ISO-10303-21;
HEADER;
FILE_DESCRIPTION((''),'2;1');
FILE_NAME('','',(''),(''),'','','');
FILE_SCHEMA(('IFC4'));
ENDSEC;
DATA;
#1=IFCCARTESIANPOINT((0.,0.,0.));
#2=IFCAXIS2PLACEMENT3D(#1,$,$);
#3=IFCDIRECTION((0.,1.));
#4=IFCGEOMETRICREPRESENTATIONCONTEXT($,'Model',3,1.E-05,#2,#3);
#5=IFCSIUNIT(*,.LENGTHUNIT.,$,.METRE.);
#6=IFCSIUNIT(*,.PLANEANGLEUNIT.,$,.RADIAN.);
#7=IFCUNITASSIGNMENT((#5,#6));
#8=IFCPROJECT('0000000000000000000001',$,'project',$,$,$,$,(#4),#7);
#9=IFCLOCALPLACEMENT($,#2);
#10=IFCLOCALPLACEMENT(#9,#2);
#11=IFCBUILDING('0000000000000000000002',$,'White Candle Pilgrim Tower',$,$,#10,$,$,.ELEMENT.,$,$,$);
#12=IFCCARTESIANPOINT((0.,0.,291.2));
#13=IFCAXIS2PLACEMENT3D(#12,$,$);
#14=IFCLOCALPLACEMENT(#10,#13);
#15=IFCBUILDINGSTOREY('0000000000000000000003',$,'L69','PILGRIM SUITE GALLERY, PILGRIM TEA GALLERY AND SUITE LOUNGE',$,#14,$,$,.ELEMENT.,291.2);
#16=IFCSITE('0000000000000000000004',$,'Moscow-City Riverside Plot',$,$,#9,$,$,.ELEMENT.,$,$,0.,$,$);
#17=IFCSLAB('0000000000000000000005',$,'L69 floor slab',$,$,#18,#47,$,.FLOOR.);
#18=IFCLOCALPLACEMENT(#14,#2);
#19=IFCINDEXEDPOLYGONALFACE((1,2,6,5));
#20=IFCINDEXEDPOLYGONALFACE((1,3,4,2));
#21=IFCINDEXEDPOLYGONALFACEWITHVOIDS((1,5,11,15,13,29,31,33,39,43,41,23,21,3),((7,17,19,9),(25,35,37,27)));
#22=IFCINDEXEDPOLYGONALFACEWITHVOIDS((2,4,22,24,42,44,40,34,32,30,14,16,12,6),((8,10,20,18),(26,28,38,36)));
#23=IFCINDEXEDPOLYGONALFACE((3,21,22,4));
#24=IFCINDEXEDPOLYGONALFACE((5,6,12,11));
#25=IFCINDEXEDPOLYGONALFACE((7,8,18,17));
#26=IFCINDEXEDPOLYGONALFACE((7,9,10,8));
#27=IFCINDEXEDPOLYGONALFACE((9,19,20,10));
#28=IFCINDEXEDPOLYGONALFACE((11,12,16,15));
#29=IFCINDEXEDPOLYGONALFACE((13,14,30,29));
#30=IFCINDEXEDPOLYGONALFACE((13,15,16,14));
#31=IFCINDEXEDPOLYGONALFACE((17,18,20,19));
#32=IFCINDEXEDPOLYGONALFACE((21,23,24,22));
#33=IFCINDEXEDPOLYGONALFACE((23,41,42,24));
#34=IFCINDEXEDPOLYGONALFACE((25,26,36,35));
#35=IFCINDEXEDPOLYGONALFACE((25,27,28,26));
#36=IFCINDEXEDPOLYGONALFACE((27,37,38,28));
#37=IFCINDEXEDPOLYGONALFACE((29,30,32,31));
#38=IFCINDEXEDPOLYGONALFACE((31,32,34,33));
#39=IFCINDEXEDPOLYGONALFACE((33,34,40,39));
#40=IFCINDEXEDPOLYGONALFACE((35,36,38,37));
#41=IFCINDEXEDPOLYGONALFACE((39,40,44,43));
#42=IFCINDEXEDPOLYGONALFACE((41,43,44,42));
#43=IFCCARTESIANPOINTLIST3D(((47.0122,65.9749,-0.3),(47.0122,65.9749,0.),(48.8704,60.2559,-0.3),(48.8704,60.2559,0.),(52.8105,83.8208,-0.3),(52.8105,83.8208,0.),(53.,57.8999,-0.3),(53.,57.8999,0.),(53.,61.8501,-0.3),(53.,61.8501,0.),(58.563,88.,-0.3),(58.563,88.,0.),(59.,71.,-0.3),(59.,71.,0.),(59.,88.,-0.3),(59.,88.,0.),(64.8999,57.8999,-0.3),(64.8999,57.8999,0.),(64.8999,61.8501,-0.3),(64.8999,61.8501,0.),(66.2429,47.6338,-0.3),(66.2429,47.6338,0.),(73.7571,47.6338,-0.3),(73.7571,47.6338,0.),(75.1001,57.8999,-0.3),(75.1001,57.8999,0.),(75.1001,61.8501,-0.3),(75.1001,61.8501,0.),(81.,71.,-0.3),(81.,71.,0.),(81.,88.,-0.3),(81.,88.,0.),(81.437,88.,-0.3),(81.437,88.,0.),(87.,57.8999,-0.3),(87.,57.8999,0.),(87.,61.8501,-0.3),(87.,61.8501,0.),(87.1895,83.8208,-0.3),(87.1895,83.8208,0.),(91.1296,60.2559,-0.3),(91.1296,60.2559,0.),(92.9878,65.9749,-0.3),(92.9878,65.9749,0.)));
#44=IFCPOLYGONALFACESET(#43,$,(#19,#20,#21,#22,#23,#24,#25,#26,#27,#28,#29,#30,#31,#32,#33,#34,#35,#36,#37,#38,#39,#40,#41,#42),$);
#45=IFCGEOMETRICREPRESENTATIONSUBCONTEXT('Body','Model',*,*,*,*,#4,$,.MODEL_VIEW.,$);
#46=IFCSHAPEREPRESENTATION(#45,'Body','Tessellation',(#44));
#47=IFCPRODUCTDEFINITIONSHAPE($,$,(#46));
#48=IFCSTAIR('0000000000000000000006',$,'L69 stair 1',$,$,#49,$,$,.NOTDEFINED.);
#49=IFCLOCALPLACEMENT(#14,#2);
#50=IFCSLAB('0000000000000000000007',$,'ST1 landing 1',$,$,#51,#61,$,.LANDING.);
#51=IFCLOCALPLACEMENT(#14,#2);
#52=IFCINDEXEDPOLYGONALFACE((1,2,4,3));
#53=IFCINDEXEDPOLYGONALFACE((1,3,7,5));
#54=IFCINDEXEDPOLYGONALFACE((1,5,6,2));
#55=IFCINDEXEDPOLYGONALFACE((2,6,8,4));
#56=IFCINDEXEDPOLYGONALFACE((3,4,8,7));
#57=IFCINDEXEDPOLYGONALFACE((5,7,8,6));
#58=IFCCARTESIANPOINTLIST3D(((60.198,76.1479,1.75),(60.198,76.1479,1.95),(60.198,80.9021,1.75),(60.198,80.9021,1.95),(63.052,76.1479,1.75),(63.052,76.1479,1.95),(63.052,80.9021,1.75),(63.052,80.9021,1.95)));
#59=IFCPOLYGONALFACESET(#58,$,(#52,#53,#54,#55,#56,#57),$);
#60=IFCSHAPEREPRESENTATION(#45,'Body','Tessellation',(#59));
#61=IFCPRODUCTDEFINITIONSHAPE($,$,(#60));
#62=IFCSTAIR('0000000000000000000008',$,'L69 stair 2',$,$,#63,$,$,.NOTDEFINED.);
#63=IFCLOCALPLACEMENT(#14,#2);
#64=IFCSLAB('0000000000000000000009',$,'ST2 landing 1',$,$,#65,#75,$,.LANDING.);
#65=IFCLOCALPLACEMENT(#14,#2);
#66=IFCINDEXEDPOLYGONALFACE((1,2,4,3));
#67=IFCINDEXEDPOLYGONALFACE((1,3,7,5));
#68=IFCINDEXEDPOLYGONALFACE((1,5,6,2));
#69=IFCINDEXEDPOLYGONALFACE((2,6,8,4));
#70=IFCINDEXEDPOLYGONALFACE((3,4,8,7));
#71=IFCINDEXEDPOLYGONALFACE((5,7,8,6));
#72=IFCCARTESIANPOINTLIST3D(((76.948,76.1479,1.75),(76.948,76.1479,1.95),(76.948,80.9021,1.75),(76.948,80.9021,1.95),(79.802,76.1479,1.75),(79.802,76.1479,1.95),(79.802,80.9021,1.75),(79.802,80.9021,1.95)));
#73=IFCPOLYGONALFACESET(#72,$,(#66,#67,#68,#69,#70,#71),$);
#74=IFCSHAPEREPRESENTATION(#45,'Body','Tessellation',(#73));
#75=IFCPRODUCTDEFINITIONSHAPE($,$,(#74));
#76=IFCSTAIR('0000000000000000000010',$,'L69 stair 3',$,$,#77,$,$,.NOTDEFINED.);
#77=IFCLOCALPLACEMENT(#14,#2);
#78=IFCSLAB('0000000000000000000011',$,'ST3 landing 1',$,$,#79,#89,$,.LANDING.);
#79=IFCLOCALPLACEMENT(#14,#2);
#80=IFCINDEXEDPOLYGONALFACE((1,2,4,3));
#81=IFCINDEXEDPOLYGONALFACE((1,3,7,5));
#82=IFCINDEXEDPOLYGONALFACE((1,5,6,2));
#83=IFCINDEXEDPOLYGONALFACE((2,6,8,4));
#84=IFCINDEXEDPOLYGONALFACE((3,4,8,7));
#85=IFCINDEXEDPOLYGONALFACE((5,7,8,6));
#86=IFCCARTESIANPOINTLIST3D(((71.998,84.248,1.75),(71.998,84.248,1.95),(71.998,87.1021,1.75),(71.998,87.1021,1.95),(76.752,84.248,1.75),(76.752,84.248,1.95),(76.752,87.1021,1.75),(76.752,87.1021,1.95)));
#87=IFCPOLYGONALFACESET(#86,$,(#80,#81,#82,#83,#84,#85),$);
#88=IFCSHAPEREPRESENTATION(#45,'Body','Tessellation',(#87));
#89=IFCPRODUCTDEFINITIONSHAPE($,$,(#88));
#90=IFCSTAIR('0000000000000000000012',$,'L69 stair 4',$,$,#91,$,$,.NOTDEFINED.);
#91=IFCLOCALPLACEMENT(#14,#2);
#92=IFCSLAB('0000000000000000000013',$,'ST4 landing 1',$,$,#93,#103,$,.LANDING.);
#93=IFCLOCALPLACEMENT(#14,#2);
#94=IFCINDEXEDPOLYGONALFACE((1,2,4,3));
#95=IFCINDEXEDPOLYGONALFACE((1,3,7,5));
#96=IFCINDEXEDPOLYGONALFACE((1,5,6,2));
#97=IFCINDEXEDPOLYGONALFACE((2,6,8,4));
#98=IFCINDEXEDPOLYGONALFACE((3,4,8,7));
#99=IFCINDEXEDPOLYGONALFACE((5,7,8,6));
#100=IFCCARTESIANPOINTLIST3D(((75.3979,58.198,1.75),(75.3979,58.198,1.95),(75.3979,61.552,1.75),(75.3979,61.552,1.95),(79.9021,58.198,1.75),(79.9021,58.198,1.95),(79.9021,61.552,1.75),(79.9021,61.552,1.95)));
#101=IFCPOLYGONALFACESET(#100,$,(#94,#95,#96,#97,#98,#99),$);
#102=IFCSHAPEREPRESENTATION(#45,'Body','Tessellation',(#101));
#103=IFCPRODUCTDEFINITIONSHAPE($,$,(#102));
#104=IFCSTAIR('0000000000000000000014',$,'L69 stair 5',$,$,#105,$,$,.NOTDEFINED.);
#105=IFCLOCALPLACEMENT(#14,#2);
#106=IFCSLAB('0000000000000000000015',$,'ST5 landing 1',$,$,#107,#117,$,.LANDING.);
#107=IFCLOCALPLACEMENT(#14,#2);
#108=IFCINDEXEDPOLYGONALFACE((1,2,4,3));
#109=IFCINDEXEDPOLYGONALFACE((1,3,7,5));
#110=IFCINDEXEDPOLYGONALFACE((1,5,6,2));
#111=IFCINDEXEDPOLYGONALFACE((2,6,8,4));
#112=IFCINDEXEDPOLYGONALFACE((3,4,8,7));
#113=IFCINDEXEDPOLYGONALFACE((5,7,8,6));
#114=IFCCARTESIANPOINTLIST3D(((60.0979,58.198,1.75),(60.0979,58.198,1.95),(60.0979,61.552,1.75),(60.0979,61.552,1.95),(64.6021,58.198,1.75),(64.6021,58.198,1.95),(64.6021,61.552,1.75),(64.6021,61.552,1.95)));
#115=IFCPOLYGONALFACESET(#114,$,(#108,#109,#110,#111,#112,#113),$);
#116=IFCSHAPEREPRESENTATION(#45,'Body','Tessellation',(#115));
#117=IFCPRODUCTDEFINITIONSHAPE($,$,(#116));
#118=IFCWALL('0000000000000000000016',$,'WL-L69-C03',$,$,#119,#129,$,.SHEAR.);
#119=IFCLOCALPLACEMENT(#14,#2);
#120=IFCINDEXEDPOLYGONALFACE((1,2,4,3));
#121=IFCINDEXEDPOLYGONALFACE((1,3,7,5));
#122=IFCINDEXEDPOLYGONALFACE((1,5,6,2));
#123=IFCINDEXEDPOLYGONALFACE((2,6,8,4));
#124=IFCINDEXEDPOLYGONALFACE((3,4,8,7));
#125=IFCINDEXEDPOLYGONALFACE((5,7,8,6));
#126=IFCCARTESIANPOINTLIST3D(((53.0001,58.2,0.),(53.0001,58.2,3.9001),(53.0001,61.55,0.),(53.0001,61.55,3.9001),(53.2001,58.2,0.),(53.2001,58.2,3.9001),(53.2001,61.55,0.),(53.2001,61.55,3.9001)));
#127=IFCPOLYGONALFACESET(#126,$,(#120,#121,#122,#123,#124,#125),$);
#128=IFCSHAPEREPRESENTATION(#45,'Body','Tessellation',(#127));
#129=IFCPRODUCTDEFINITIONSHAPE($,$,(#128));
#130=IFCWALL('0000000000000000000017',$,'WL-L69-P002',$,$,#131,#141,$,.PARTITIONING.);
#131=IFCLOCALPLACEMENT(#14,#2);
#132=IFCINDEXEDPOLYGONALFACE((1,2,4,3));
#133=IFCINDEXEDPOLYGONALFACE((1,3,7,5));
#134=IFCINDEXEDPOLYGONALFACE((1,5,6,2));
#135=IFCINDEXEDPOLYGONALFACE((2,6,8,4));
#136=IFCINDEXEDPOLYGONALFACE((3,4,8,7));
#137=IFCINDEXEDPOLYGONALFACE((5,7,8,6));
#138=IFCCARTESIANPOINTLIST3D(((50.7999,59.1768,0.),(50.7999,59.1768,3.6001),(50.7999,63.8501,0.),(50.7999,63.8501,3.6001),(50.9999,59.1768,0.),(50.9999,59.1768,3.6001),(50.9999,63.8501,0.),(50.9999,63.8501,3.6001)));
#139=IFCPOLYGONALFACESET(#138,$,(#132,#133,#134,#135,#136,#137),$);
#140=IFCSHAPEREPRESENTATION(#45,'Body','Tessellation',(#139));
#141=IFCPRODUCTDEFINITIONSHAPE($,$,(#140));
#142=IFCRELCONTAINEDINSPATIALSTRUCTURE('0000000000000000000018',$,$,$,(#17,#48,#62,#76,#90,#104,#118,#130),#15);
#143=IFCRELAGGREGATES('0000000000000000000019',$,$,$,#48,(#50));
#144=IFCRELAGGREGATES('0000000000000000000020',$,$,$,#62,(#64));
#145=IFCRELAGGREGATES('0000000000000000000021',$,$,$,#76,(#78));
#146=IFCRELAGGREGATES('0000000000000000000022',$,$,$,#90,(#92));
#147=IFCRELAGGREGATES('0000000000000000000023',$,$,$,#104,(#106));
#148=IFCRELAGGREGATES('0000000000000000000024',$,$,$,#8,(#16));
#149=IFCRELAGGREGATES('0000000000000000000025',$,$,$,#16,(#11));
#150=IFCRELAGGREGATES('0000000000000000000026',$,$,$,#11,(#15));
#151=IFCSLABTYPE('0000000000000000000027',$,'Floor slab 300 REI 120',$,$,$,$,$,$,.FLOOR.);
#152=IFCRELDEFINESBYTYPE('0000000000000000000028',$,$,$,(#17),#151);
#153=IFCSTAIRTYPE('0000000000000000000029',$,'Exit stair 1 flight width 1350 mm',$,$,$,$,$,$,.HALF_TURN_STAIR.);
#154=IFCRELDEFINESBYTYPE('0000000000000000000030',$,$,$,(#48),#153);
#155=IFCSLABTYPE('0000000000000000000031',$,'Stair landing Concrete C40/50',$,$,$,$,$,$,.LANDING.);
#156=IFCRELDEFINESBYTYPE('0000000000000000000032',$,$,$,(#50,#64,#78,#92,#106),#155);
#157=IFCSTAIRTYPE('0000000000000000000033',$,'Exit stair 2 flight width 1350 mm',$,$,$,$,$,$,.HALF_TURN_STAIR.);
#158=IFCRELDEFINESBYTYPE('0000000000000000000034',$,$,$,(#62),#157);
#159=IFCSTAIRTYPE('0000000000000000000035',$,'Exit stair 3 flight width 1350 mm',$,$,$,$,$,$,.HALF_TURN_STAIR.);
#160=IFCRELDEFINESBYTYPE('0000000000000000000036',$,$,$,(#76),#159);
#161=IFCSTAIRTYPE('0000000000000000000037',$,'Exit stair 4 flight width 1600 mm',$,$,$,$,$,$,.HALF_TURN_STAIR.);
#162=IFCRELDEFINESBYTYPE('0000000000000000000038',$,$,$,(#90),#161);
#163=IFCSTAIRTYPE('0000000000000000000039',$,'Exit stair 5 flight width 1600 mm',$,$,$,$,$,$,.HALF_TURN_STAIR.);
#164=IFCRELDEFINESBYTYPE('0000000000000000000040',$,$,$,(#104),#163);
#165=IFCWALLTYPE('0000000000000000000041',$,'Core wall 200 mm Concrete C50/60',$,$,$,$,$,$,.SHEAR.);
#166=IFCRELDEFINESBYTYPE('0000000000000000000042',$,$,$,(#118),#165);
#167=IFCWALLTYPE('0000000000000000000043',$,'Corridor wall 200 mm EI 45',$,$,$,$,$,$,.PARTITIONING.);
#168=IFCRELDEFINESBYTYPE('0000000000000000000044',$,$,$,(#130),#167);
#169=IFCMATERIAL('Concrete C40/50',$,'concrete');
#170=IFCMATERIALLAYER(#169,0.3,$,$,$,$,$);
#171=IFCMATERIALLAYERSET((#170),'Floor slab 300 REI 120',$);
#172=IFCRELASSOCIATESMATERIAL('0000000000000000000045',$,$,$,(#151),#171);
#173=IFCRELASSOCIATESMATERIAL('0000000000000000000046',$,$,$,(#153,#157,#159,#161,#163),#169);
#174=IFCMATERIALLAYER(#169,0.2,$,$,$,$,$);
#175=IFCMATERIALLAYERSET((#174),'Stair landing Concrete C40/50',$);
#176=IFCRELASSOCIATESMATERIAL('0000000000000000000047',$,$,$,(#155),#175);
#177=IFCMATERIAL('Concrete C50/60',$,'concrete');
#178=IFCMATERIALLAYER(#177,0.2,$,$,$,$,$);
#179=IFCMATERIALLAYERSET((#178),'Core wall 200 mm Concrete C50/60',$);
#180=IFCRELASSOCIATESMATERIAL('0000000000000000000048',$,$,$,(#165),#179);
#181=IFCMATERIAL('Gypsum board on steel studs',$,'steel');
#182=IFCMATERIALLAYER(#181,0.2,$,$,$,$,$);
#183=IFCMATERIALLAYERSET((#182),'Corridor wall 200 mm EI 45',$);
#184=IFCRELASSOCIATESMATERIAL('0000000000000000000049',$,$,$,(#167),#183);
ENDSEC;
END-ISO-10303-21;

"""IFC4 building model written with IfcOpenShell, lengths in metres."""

from ifc_helpers import new_model, si_unit, direction, frame, frame_2d, origin, place, context, subcontext, project, spatial, polyline, rectangle, outline, extrude, material, layer, layer_set, type_object, element, aggregate, save


model = new_model("IFC4")

# Units and contexts
model_context = context("Model", 3, precision=1e-05, world=origin(), true_north=direction((0.0, 1.0)))
body_context = subcontext(model_context, "Body", "Model", "MODEL_VIEW")
ifc_project = project(units=[si_unit("LENGTHUNIT", "METRE"), si_unit("PLANEANGLEUNIT", "RADIAN")], contexts=[model_context])

# Site, building, storey
site_placement = place(None, origin())
site = spatial("IfcSite", under=ifc_project, at=site_placement, Name="Moscow-City Riverside Plot", CompositionType="ELEMENT", RefElevation=0.0)
building_placement = place(site_placement, origin())
building = spatial("IfcBuilding", under=site, at=building_placement, Name="White Candle Pilgrim Tower", CompositionType="ELEMENT")
storey_placement = place(building_placement, frame((0.0, 0.0, 291.2)))
storey = spatial("IfcBuildingStorey", under=building, at=storey_placement, Name="L69", Description="PILGRIM SUITE GALLERY, PILGRIM TEA GALLERY AND SUITE LOUNGE", CompositionType="ELEMENT", Elevation=291.2)

# Slab
ifc_material_1 = material(Name="Concrete C40/50", Category="concrete")
ifc_layer_1 = layer(ifc_material_1, 0.3)
ifc_layer_set_1 = layer_set([ifc_layer_1], Name="Floor slab 300 REI 120")
slab_type_1 = type_object("IfcSlabType", Name="Floor slab 300 REI 120", PredefinedType="FLOOR", material=ifc_layer_set_1)
slab_1_placement = place(storey_placement, frame((0.0, 0.0, -0.3)))
element("IfcSlab", 1, at=slab_1_placement, inside=storey, type_object=slab_type_1, Name="L69 floor slab", PredefinedType="FLOOR", context=body_context, shape_type="SweptSolid", body=[
    extrude(outline(polyline([(66.2429, 47.6338), (73.7571, 47.6338), (91.1296, 60.2559), (92.9878, 65.9749), (87.1895, 83.8208), (81.437, 88.0), (81.0, 88.0), (81.0, 71.0), (59.0, 71.0), (59.0, 88.0), (58.563, 88.0), (52.8105, 83.8208), (47.0122, 65.9749), (48.8704, 60.2559), (66.2429, 47.6338)]), holes=[polyline([(53.0, 57.8999), (53.0, 61.8501), (64.8999, 61.8501), (64.8999, 57.8999), (53.0, 57.8999)]), polyline([(75.1001, 57.8999), (75.1001, 61.8501), (87.0, 61.8501), (87.0, 57.8999), (75.1001, 57.8999)])]), origin(), (0.0, 0.0, 1.0), 0.3),
])

# Stairs, slabs
stair_type_1 = type_object("IfcStairType", Name="Exit stair 1 flight width 1350 mm", PredefinedType="HALF_TURN_STAIR", material=ifc_material_1)
stair_1_placement = place(storey_placement, origin())
stair_1 = element("IfcStair", 2, at=stair_1_placement, inside=storey, type_object=stair_type_1, Name="L69 stair 1", PredefinedType="NOTDEFINED")
ifc_layer_2 = layer(ifc_material_1, 0.2)
ifc_layer_set_2 = layer_set([ifc_layer_2], Name="Stair landing Concrete C40/50")
slab_type_2 = type_object("IfcSlabType", Name="Stair landing Concrete C40/50", PredefinedType="LANDING", material=ifc_layer_set_2)
slab_2_placement = place(storey_placement, frame((0.0, 0.0, 1.75)))
slab_2 = element("IfcSlab", 3, at=slab_2_placement, type_object=slab_type_2, Name="ST1 landing 1", PredefinedType="LANDING", context=body_context, shape_type="SweptSolid", body=[
    extrude(outline(polyline([(63.052, 76.1479), (60.198, 76.1479), (60.198, 80.9021), (63.052, 80.9021), (63.052, 76.1479)])), origin(), (0.0, 0.0, 1.0), 0.2),
])
aggregate(stair_1, [slab_2])
stair_type_2 = type_object("IfcStairType", Name="Exit stair 2 flight width 1350 mm", PredefinedType="HALF_TURN_STAIR", material=ifc_material_1)
stair_2_placement = place(storey_placement, origin())
stair_2 = element("IfcStair", 4, at=stair_2_placement, inside=storey, type_object=stair_type_2, Name="L69 stair 2", PredefinedType="NOTDEFINED")
slab_3_placement = place(storey_placement, frame((0.0, 0.0, 1.75)))
slab_3 = element("IfcSlab", 5, at=slab_3_placement, type_object=slab_type_2, Name="ST2 landing 1", PredefinedType="LANDING", context=body_context, shape_type="SweptSolid", body=[
    extrude(outline(polyline([(79.802, 76.1479), (76.948, 76.1479), (76.948, 80.9021), (79.802, 80.9021), (79.802, 76.1479)])), origin(), (0.0, 0.0, 1.0), 0.2),
])
aggregate(stair_2, [slab_3])
stair_type_3 = type_object("IfcStairType", Name="Exit stair 3 flight width 1350 mm", PredefinedType="HALF_TURN_STAIR", material=ifc_material_1)
stair_3_placement = place(storey_placement, origin())
stair_3 = element("IfcStair", 6, at=stair_3_placement, inside=storey, type_object=stair_type_3, Name="L69 stair 3", PredefinedType="NOTDEFINED")
slab_4_placement = place(storey_placement, frame((0.0, 0.0, 1.75)))
slab_4 = element("IfcSlab", 7, at=slab_4_placement, type_object=slab_type_2, Name="ST3 landing 1", PredefinedType="LANDING", context=body_context, shape_type="SweptSolid", body=[
    extrude(outline(polyline([(71.998, 84.248), (71.998, 87.1021), (76.752, 87.1021), (76.752, 84.248), (71.998, 84.248)])), origin(), (0.0, 0.0, 1.0), 0.2),
])
aggregate(stair_3, [slab_4])
stair_type_4 = type_object("IfcStairType", Name="Exit stair 4 flight width 1600 mm", PredefinedType="HALF_TURN_STAIR", material=ifc_material_1)
stair_4_placement = place(storey_placement, origin())
stair_4 = element("IfcStair", 8, at=stair_4_placement, inside=storey, type_object=stair_type_4, Name="L69 stair 4", PredefinedType="NOTDEFINED")
slab_5_placement = place(storey_placement, frame((0.0, 0.0, 1.75)))
slab_5 = element("IfcSlab", 9, at=slab_5_placement, type_object=slab_type_2, Name="ST4 landing 1", PredefinedType="LANDING", context=body_context, shape_type="SweptSolid", body=[
    extrude(outline(polyline([(79.9021, 61.552), (79.9021, 58.198), (75.3979, 58.198), (75.3979, 61.552), (79.9021, 61.552)])), origin(), (0.0, 0.0, 1.0), 0.2),
])
aggregate(stair_4, [slab_5])
stair_type_5 = type_object("IfcStairType", Name="Exit stair 5 flight width 1600 mm", PredefinedType="HALF_TURN_STAIR", material=ifc_material_1)
stair_5_placement = place(storey_placement, origin())
stair_5 = element("IfcStair", 10, at=stair_5_placement, inside=storey, type_object=stair_type_5, Name="L69 stair 5", PredefinedType="NOTDEFINED")
slab_6_placement = place(storey_placement, frame((0.0, 0.0, 1.75)))
slab_6 = element("IfcSlab", 11, at=slab_6_placement, type_object=slab_type_2, Name="ST5 landing 1", PredefinedType="LANDING", context=body_context, shape_type="SweptSolid", body=[
    extrude(outline(polyline([(60.0979, 58.198), (60.0979, 61.552), (64.6021, 61.552), (64.6021, 58.198), (60.0979, 58.198)])), origin(), (0.0, 0.0, 1.0), 0.2),
])
aggregate(stair_5, [slab_6])

# Walls
ifc_material_2 = material(Name="Concrete C50/60", Category="concrete")
ifc_layer_3 = layer(ifc_material_2, 0.2)
ifc_layer_set_3 = layer_set([ifc_layer_3], Name="Core wall 200 mm Concrete C50/60")
wall_type_1 = type_object("IfcWallType", Name="Core wall 200 mm Concrete C50/60", PredefinedType="SHEAR", material=ifc_layer_set_3)
wall_1_placement = place(storey_placement, frame((53.1001, 58.2, 0.0), z_axis=(0.0, 0.0, 1.0), x_axis=(0.0, 1.0, 0.0)))
element("IfcWall", 12, at=wall_1_placement, inside=storey, type_object=wall_type_1, Name="WL-L69-C03", PredefinedType="SHEAR", context=body_context, shape_type="SweptSolid", body=[
    extrude(rectangle(XDim=3.3501, YDim=0.2, at=frame_2d((1.675, 0.0))), origin(), (0.0, 0.0, 1.0), 3.9001),
])
ifc_material_3 = material(Name="Gypsum board on steel studs", Category="steel")
ifc_layer_4 = layer(ifc_material_3, 0.2)
ifc_layer_set_4 = layer_set([ifc_layer_4], Name="Corridor wall 200 mm EI 45")
wall_type_2 = type_object("IfcWallType", Name="Corridor wall 200 mm EI 45", PredefinedType="PARTITIONING", material=ifc_layer_set_4)
wall_2_placement = place(storey_placement, frame((50.8999, 59.1768, 0.0), z_axis=(0.0, 0.0, 1.0), x_axis=(0.0, 1.0, 0.0)))
element("IfcWall", 13, at=wall_2_placement, inside=storey, type_object=wall_type_2, Name="WL-L69-P002", PredefinedType="PARTITIONING", context=body_context, shape_type="SweptSolid", body=[
    extrude(rectangle(XDim=4.6733, YDim=0.2, at=frame_2d((2.3367, 0.0))), origin(), (0.0, 0.0, 1.0), 3.6001),
])

save(model, "model.ifc")
